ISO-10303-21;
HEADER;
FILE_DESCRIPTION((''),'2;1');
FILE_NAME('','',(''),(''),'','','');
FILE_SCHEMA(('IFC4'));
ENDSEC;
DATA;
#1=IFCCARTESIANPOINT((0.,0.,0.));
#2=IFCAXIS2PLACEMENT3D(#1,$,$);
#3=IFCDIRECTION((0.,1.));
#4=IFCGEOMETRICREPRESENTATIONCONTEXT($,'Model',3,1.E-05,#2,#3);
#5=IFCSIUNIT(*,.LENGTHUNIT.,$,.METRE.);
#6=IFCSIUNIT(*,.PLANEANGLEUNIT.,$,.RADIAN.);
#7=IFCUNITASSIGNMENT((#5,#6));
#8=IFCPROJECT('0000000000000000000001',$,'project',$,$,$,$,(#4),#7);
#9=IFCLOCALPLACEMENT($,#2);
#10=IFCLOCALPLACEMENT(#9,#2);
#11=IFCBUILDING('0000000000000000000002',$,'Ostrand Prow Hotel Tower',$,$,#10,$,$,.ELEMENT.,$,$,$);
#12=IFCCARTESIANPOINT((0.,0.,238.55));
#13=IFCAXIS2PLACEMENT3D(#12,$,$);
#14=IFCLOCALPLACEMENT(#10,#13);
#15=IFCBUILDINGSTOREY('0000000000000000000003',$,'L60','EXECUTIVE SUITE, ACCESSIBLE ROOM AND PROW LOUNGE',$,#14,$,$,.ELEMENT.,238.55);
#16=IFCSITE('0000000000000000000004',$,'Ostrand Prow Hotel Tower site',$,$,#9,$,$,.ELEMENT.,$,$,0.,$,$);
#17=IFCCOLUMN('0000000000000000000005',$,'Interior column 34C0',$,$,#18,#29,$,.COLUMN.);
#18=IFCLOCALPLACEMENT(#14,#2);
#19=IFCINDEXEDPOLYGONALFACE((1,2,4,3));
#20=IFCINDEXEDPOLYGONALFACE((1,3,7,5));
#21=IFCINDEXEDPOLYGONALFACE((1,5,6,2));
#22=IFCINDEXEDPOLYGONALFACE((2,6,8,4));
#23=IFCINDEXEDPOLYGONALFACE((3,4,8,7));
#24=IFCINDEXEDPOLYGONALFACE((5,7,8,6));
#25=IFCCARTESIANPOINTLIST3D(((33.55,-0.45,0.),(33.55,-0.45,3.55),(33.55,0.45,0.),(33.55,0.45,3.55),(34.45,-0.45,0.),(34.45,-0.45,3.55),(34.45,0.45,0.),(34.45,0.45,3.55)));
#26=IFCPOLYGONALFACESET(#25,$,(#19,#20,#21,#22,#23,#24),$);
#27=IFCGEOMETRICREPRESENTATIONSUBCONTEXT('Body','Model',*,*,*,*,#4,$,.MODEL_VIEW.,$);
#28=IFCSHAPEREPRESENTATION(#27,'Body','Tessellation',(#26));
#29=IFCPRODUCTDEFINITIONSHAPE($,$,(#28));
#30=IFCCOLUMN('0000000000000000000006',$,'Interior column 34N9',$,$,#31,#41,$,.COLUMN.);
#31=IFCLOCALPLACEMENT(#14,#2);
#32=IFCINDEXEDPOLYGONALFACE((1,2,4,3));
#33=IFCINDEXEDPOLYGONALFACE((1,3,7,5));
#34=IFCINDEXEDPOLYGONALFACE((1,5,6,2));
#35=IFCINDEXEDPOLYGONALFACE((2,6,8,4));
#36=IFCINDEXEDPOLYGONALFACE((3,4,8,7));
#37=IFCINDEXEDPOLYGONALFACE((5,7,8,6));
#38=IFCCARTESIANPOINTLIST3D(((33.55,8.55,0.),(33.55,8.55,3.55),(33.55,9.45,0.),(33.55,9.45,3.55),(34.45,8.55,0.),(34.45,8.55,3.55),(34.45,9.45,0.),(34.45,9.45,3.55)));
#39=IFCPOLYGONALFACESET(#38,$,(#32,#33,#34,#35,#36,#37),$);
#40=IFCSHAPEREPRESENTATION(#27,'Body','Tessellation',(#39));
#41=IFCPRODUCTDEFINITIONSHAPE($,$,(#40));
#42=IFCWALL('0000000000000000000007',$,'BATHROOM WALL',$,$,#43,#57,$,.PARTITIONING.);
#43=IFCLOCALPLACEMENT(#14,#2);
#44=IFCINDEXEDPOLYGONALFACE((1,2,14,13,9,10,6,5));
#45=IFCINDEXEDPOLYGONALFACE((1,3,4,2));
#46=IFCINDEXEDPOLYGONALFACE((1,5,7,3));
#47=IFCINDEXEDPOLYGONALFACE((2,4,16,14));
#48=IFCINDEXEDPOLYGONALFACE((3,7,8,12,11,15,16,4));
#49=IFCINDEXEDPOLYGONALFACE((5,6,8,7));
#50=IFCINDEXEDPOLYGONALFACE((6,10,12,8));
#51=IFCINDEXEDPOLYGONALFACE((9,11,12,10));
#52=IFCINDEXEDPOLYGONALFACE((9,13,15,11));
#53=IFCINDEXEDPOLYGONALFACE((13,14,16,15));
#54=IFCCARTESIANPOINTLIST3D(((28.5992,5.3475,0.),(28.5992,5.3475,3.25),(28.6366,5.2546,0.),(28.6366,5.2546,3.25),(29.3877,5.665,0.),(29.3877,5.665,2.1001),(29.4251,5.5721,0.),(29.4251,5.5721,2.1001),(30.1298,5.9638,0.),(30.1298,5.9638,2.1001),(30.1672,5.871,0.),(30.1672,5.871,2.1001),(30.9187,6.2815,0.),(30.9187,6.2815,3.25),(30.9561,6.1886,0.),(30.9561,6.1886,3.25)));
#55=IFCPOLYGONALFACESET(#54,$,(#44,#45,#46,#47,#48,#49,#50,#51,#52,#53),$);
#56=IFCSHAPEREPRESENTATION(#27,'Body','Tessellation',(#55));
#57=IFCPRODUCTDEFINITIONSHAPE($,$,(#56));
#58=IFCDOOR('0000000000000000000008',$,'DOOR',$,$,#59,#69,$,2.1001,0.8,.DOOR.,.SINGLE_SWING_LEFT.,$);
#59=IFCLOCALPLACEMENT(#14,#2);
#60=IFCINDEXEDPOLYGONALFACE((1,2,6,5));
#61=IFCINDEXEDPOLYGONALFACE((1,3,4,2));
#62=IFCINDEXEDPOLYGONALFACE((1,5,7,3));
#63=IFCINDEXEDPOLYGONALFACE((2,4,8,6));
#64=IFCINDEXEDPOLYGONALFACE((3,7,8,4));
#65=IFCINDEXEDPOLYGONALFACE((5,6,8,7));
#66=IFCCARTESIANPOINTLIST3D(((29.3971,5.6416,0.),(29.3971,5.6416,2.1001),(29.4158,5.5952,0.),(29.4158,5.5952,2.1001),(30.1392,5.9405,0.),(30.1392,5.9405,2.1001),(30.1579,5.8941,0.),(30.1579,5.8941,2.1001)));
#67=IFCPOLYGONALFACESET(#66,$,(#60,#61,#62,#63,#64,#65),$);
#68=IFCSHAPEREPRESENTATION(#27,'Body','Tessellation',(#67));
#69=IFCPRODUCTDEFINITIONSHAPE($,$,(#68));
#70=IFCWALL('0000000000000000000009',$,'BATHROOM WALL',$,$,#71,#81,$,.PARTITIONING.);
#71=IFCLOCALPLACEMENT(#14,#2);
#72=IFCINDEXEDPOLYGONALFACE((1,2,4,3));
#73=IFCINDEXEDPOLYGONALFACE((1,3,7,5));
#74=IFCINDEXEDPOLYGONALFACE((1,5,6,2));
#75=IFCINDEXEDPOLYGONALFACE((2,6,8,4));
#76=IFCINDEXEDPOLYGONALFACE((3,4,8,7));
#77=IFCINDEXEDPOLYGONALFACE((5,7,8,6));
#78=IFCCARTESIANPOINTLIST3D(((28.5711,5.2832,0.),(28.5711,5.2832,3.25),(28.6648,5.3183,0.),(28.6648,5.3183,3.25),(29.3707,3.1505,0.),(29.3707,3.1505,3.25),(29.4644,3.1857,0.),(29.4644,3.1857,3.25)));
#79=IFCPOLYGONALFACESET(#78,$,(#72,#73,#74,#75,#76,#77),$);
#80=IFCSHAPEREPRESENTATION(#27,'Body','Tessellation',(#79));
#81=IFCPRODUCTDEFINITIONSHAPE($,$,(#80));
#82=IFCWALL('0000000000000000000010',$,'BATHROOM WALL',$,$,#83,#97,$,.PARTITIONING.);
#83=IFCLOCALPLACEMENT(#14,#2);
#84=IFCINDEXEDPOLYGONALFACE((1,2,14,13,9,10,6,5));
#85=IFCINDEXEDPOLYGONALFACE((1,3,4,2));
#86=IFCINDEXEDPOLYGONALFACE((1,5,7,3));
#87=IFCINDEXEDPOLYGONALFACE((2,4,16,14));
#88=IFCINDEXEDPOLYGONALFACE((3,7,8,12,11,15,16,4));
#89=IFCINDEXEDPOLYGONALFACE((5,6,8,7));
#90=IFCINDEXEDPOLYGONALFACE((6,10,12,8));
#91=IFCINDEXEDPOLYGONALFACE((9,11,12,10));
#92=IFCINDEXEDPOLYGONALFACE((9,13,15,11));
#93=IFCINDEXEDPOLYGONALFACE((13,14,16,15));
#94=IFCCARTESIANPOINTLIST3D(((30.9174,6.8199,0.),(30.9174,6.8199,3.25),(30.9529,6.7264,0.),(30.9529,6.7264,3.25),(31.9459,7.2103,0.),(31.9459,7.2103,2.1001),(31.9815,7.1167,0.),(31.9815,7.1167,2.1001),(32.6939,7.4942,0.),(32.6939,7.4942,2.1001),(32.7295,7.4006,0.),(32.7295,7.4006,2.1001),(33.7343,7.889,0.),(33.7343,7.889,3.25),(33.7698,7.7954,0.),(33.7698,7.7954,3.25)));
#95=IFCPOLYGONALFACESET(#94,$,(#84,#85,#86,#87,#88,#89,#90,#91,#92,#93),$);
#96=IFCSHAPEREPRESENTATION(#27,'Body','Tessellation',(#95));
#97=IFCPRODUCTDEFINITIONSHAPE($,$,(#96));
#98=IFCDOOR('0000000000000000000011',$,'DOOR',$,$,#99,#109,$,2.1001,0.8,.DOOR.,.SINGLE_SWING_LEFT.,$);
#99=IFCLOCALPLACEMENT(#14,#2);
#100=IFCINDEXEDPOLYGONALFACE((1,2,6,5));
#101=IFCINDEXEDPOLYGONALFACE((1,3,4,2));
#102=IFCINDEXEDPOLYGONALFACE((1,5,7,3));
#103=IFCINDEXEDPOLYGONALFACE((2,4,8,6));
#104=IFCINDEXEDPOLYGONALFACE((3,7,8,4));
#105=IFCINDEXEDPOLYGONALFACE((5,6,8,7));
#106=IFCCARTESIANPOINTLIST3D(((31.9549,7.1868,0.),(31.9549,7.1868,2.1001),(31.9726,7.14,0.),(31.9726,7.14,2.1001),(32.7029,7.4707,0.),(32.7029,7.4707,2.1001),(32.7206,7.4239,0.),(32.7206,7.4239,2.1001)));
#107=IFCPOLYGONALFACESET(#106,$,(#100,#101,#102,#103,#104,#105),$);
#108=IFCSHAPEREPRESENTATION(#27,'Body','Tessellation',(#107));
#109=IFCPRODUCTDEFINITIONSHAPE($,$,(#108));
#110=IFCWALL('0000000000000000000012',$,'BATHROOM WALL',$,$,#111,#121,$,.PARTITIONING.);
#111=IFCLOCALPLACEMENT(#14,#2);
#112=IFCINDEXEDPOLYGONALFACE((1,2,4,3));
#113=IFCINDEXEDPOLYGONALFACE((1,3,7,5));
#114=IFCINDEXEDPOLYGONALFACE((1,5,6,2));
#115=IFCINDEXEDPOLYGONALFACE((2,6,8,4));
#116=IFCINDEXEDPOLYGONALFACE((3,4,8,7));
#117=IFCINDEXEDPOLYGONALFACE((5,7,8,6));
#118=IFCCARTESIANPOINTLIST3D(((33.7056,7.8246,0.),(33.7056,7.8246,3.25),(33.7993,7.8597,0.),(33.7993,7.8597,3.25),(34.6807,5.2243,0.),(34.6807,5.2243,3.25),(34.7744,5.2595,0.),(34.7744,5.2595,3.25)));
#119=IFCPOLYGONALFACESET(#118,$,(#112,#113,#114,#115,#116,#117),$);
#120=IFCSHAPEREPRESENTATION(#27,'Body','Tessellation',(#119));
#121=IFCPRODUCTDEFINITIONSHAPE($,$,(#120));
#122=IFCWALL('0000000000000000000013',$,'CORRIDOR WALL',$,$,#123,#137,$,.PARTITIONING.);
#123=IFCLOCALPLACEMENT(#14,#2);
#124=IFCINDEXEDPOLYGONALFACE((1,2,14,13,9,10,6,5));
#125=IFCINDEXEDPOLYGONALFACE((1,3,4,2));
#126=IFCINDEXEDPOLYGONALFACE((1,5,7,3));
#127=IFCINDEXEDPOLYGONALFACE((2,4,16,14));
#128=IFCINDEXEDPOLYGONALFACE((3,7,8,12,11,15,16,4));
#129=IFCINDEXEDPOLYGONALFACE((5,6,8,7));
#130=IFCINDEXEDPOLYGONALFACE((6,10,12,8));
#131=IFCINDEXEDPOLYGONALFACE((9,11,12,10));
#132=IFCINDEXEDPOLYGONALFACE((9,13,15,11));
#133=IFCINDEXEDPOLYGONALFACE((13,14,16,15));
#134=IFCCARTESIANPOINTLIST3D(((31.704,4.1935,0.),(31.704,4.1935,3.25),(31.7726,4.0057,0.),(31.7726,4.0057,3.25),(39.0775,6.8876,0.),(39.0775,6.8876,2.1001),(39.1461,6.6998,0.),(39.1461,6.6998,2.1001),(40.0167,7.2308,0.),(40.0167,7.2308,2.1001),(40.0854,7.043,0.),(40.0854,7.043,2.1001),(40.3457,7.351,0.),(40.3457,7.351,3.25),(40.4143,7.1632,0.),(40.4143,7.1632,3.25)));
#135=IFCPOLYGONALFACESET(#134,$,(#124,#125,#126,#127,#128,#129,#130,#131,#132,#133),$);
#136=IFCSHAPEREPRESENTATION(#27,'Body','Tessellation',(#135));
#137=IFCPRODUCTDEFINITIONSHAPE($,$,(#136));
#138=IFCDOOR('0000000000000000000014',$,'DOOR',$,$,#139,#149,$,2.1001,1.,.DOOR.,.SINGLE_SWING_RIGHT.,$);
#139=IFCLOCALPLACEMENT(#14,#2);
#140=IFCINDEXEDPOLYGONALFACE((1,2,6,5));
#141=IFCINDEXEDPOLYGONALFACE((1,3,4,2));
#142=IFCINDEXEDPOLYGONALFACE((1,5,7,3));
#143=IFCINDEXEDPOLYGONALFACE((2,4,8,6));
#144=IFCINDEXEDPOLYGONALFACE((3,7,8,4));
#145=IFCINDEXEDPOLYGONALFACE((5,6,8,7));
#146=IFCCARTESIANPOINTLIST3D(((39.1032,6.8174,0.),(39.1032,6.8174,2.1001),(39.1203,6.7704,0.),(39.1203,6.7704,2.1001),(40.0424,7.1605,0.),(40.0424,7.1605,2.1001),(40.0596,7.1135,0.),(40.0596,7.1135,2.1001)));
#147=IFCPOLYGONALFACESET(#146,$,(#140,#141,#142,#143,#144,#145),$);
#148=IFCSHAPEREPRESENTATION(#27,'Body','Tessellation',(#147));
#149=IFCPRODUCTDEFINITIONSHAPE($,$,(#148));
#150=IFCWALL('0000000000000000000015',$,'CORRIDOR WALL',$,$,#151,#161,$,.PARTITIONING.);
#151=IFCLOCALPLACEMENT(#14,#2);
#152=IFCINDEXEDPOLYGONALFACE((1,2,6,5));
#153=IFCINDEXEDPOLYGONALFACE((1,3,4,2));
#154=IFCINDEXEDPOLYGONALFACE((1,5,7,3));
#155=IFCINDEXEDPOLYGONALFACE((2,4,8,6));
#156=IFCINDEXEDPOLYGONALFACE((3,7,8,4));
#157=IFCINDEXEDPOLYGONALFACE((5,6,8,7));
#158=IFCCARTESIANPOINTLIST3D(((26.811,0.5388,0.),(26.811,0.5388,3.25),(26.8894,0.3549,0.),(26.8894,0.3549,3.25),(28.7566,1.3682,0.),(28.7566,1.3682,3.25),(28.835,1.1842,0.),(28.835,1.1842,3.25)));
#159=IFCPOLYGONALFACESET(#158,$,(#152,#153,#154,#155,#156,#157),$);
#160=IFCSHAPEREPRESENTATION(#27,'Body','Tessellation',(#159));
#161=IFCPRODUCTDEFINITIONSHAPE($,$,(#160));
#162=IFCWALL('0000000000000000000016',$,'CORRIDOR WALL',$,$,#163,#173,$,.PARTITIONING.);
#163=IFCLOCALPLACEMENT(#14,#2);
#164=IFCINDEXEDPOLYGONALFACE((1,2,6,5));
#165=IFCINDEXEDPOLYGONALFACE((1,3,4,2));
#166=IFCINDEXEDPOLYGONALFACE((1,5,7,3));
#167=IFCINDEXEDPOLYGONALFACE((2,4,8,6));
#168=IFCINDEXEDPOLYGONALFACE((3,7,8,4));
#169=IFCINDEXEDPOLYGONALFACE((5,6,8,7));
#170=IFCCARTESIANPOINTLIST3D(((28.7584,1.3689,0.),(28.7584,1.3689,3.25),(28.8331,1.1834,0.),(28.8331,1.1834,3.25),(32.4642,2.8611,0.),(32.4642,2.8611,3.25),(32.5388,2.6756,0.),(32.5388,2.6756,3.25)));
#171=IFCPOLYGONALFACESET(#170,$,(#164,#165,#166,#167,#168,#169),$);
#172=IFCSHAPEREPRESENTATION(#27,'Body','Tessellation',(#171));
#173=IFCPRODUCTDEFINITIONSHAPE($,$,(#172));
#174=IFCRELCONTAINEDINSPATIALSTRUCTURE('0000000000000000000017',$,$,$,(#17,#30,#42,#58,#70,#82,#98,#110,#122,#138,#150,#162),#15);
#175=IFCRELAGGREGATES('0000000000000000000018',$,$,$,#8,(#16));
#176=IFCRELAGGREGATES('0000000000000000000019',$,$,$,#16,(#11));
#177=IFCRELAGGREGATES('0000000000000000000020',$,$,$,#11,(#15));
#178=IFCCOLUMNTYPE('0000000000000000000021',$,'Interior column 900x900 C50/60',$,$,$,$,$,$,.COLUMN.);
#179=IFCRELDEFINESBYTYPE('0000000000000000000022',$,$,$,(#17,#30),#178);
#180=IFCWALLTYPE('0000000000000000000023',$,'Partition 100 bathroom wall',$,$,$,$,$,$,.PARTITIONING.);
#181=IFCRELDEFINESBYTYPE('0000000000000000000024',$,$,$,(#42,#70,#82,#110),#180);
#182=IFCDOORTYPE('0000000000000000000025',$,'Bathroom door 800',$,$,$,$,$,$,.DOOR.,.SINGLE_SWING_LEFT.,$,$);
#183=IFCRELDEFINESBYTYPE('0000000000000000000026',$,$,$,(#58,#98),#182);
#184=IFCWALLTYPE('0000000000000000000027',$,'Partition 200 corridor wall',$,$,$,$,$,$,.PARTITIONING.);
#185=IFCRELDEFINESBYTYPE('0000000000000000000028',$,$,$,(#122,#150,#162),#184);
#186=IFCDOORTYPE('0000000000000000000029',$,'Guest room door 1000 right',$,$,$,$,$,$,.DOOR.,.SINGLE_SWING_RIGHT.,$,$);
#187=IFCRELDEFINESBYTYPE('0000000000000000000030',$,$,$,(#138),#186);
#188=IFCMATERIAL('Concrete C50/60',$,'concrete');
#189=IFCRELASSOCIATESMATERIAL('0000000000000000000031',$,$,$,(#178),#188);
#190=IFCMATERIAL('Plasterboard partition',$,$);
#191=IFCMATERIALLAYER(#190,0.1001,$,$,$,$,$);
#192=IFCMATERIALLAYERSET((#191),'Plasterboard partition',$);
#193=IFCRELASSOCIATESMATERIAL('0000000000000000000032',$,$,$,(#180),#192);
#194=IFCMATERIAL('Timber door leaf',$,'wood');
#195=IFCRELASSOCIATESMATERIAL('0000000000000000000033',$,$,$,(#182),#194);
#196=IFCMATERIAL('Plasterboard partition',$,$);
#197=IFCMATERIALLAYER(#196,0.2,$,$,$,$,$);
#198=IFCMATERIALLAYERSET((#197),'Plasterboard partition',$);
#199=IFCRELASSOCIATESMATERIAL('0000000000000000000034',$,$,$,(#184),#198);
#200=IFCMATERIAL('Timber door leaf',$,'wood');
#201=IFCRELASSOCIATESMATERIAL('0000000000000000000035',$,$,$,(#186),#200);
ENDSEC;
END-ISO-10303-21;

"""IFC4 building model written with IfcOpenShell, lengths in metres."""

from ifc_helpers import new_model, si_unit, direction, frame, frame_2d, origin, origin_2d, place, context, subcontext, project, spatial, rectangle, extrude, material, layer, layer_set, material_profile, profile_set, type_object, element, fill, save


model = new_model("IFC4")

# Units and contexts
model_context = context("Model", 3, precision=1e-05, world=origin(), true_north=direction((0.0, 1.0)))
body_context = subcontext(model_context, "Body", "Model", "MODEL_VIEW")
ifc_project = project(units=[si_unit("LENGTHUNIT", "METRE"), si_unit("PLANEANGLEUNIT", "RADIAN")], contexts=[model_context])

# Site, building, storey
site_placement = place(None, origin())
site = spatial("IfcSite", under=ifc_project, at=site_placement, Name="Ostrand Prow Hotel Tower site", CompositionType="ELEMENT", RefElevation=0.0)
building_placement = place(site_placement, origin())
building = spatial("IfcBuilding", under=site, at=building_placement, Name="Ostrand Prow Hotel Tower", CompositionType="ELEMENT")
storey_placement = place(building_placement, frame((0.0, 0.0, 238.55)))
storey = spatial("IfcBuildingStorey", under=building, at=storey_placement, Name="L60", Description="EXECUTIVE SUITE, ACCESSIBLE ROOM AND PROW LOUNGE", CompositionType="ELEMENT", Elevation=238.55)

# Columns
ifc_material_1 = material(Name="Concrete C50/60", Category="concrete")
ifc_material_profile = material_profile(ifc_material_1, rectangle(XDim=0.8999, YDim=0.8999, at=origin_2d()), Name="RC 900x900")
ifc_profile_set = profile_set([ifc_material_profile], Name="Concrete C50/60")
column_type = type_object("IfcColumnType", Name="Interior column 900x900 C50/60", PredefinedType="COLUMN", material=ifc_profile_set)
for number, where, z_axis, x_axis, name in (
    (1, (34.0, 0.0, 0.0), (0.0, 0.0, 1.0), (1.0, 0.0, 0.0), "Interior column 34C0"),
    (2, (34.0, 9.0, 0.0), (0.0, 0.0, 1.0), (1.0, 0.0, 0.0), "Interior column 34N9"),
):
    element("IfcColumn", number, at=place(storey_placement, frame(where, z_axis=z_axis, x_axis=x_axis)), inside=storey, type_object=column_type, Name=name, PredefinedType="COLUMN", context=body_context, shape_type="SweptSolid", body=[
        extrude(rectangle(XDim=0.8999, YDim=0.8999, at=origin_2d()), origin(), (0.0, 0.0, 1.0), 3.55),
    ])

# Wall, opening, door
ifc_material_2 = material(Name="Plasterboard partition")
ifc_layer_1 = layer(ifc_material_2, 0.1001)
ifc_layer_set_1 = layer_set([ifc_layer_1], Name="Plasterboard partition")
wall_type_1 = type_object("IfcWallType", Name="Partition 100 bathroom wall", PredefinedType="PARTITIONING", material=ifc_layer_set_1)
wall_1_placement = place(storey_placement, frame((28.6179, 5.301, 0.0), z_axis=(0.0, 0.0, 1.0), x_axis=(0.927612, 0.373544, 0.0)))
wall_1 = element("IfcWall", 3, at=wall_1_placement, inside=storey, type_object=wall_type_1, Name="BATHROOM WALL", PredefinedType="PARTITIONING", context=body_context, shape_type="SweptSolid", body=[
    extrude(rectangle(XDim=2.5005, YDim=0.1001, at=frame_2d((1.2502, 0.0))), origin(), (0.0, 0.0, 1.0), 3.25),
])
opening_1_placement = place(wall_1_placement, frame((0.8501, 0.0, 0.0)))
opening_1 = element("IfcOpeningElement", 4, at=opening_1_placement, cuts=wall_1, PredefinedType="OPENING", context=body_context, shape_type="SweptSolid", body=[
    extrude(rectangle(XDim=0.8, YDim=2.1001, at=frame_2d((0.3999, 1.05))), frame((0.0, 0.0601, 0.0), z_axis=(0.0, -1.0, 0.0), x_axis=(1.0, 0.0, 0.0)), (0.0, 0.0, 1.0), 0.1201),
])
ifc_material_3 = material(Name="Timber door leaf", Category="wood")
door_type_1 = type_object("IfcDoorType", Name="Bathroom door 800", OperationType="SINGLE_SWING_LEFT", PredefinedType="DOOR", material=ifc_material_3)
door_1_placement = place(opening_1_placement, origin())
door_1 = element("IfcDoor", 5, at=door_1_placement, inside=storey, type_object=door_type_1, Name="DOOR", OperationType="SINGLE_SWING_LEFT", OverallHeight=2.1001, OverallWidth=0.8, PredefinedType="DOOR", context=body_context, shape_type="SweptSolid", body=[
    extrude(rectangle(XDim=0.8, YDim=2.1001, at=frame_2d((0.3999, 1.05))), frame((0.0, 0.0249, 0.0), z_axis=(0.0, -1.0, 0.0), x_axis=(1.0, 0.0, 0.0)), (0.0, 0.0, 1.0), 0.05),
])
fill(opening_1, door_1)

# Wall
wall_2_placement = place(storey_placement, frame((29.4175, 3.1682, 0.0), z_axis=(0.0, 0.0, 1.0), x_axis=(-0.351065, 0.936351, 0.0)))
element("IfcWall", 6, at=wall_2_placement, inside=storey, type_object=wall_type_1, Name="BATHROOM WALL", PredefinedType="PARTITIONING", context=body_context, shape_type="SweptSolid", body=[
    extrude(rectangle(XDim=2.2776, YDim=0.1001, at=frame_2d((1.1387, 0.0))), origin(), (0.0, 0.0, 1.0), 3.25),
])

# Wall, opening, door
wall_3_placement = place(storey_placement, frame((30.9353, 6.7732, 0.0), z_axis=(0.0, 0.0, 1.0), x_axis=(0.93493, 0.354833, 0.0)))
wall_3 = element("IfcWall", 7, at=wall_3_placement, inside=storey, type_object=wall_type_1, Name="BATHROOM WALL", PredefinedType="PARTITIONING", context=body_context, shape_type="SweptSolid", body=[
    extrude(rectangle(XDim=3.0129, YDim=0.1001, at=frame_2d((1.5063, 0.0))), origin(), (0.0, 0.0, 1.0), 3.25),
])
opening_2_placement = place(wall_3_placement, frame((1.1001, 0.0, 0.0)))
opening_2 = element("IfcOpeningElement", 8, at=opening_2_placement, cuts=wall_3, PredefinedType="OPENING", context=body_context, shape_type="SweptSolid", body=[
    extrude(rectangle(XDim=0.8, YDim=2.1001, at=frame_2d((0.3999, 1.05))), frame((0.0, 0.0601, 0.0), z_axis=(0.0, -1.0, 0.0), x_axis=(1.0, 0.0, 0.0)), (0.0, 0.0, 1.0), 0.1201),
])
door_2_placement = place(opening_2_placement, origin())
door_2 = element("IfcDoor", 9, at=door_2_placement, inside=storey, type_object=door_type_1, Name="DOOR", OperationType="SINGLE_SWING_LEFT", OverallHeight=2.1001, OverallWidth=0.8, PredefinedType="DOOR", context=body_context, shape_type="SweptSolid", body=[
    extrude(rectangle(XDim=0.8, YDim=2.1001, at=frame_2d((0.3999, 1.05))), frame((0.0, 0.0249, 0.0), z_axis=(0.0, -1.0, 0.0), x_axis=(1.0, 0.0, 0.0)), (0.0, 0.0, 1.0), 0.05),
])
fill(opening_2, door_2)

# Wall
wall_4_placement = place(storey_placement, frame((33.7524, 7.8423, 0.0), z_axis=(0.0, 0.0, 1.0), x_axis=(0.351114, -0.936333, 0.0)))
element("IfcWall", 10, at=wall_4_placement, inside=storey, type_object=wall_type_1, Name="BATHROOM WALL", PredefinedType="PARTITIONING", context=body_context, shape_type="SweptSolid", body=[
    extrude(rectangle(XDim=2.7771, YDim=0.1001, at=frame_2d((1.3887, 0.0))), origin(), (0.0, 0.0, 1.0), 3.25),
])

# Wall, opening, door
ifc_material_4 = material(Name="Plasterboard partition")
ifc_layer_2 = layer(ifc_material_4, 0.2)
ifc_layer_set_2 = layer_set([ifc_layer_2], Name="Plasterboard partition")
wall_type_2 = type_object("IfcWallType", Name="Partition 200 corridor wall", PredefinedType="PARTITIONING", material=ifc_layer_set_2)
wall_5_placement = place(storey_placement, frame((40.3799, 7.2571, 0.0), z_axis=(0.0, 0.0, 1.0), x_axis=(-0.939266, -0.343189, 0.0)))
wall_5 = element("IfcWall", 11, at=wall_5_placement, inside=storey, type_object=wall_type_2, Name="CORRIDOR WALL", PredefinedType="PARTITIONING", context=body_context, shape_type="SweptSolid", body=[
    extrude(rectangle(XDim=9.2004, YDim=0.2, at=frame_2d((4.6001, 0.0))), origin(), (0.0, 0.0, 1.0), 3.25),
])
opening_3_placement = place(wall_5_placement, frame((0.3501, 0.0, 0.0)))
opening_3 = element("IfcOpeningElement", 12, at=opening_3_placement, cuts=wall_5, PredefinedType="OPENING", context=body_context, shape_type="SweptSolid", body=[
    extrude(rectangle(XDim=1.0, YDim=2.1001, at=frame_2d((0.5, 1.05))), frame((0.0, 0.1099, 0.0), z_axis=(0.0, -1.0, 0.0), x_axis=(1.0, 0.0, 0.0)), (0.0, 0.0, 1.0), 0.22),
])
ifc_material_5 = material(Name="Timber door leaf", Category="wood")
door_type_2 = type_object("IfcDoorType", Name="Guest room door 1000 right", OperationType="SINGLE_SWING_RIGHT", PredefinedType="DOOR", material=ifc_material_5)
door_3_placement = place(opening_3_placement, origin())
door_3 = element("IfcDoor", 13, at=door_3_placement, inside=storey, type_object=door_type_2, Name="DOOR", OperationType="SINGLE_SWING_RIGHT", OverallHeight=2.1001, OverallWidth=1.0, PredefinedType="DOOR", context=body_context, shape_type="SweptSolid", body=[
    extrude(rectangle(XDim=1.0, YDim=2.1001, at=frame_2d((0.5, 1.05))), frame((0.0, 0.0249, 0.0), z_axis=(0.0, -1.0, 0.0), x_axis=(1.0, 0.0, 0.0)), (0.0, 0.0, 1.0), 0.05),
])
fill(opening_3, door_3)

# Walls
wall_6_placement = place(storey_placement, frame((26.8501, 0.4468, 0.0), z_axis=(0.0, 0.0, 1.0), x_axis=(0.919908, 0.392135, 0.0)))
element("IfcWall", 14, at=wall_6_placement, inside=storey, type_object=wall_type_2, Name="CORRIDOR WALL", PredefinedType="PARTITIONING", context=body_context, shape_type="SweptSolid", body=[
    extrude(rectangle(XDim=2.115, YDim=0.2, at=frame_2d((1.0576, 0.0))), origin(), (0.0, 0.0, 1.0), 3.25),
])
wall_7_placement = place(storey_placement, frame((28.7957, 1.2761, 0.0), z_axis=(0.0, 0.0, 1.0), x_axis=(0.927623, 0.373518, 0.0)))
element("IfcWall", 15, at=wall_7_placement, inside=storey, type_object=wall_type_2, Name="CORRIDOR WALL", PredefinedType="PARTITIONING", context=body_context, shape_type="SweptSolid", body=[
    extrude(rectangle(XDim=3.9949, YDim=0.2, at=frame_2d((1.9976, 0.0))), origin(), (0.0, 0.0, 1.0), 3.25),
])

save(model, "model.ifc")
